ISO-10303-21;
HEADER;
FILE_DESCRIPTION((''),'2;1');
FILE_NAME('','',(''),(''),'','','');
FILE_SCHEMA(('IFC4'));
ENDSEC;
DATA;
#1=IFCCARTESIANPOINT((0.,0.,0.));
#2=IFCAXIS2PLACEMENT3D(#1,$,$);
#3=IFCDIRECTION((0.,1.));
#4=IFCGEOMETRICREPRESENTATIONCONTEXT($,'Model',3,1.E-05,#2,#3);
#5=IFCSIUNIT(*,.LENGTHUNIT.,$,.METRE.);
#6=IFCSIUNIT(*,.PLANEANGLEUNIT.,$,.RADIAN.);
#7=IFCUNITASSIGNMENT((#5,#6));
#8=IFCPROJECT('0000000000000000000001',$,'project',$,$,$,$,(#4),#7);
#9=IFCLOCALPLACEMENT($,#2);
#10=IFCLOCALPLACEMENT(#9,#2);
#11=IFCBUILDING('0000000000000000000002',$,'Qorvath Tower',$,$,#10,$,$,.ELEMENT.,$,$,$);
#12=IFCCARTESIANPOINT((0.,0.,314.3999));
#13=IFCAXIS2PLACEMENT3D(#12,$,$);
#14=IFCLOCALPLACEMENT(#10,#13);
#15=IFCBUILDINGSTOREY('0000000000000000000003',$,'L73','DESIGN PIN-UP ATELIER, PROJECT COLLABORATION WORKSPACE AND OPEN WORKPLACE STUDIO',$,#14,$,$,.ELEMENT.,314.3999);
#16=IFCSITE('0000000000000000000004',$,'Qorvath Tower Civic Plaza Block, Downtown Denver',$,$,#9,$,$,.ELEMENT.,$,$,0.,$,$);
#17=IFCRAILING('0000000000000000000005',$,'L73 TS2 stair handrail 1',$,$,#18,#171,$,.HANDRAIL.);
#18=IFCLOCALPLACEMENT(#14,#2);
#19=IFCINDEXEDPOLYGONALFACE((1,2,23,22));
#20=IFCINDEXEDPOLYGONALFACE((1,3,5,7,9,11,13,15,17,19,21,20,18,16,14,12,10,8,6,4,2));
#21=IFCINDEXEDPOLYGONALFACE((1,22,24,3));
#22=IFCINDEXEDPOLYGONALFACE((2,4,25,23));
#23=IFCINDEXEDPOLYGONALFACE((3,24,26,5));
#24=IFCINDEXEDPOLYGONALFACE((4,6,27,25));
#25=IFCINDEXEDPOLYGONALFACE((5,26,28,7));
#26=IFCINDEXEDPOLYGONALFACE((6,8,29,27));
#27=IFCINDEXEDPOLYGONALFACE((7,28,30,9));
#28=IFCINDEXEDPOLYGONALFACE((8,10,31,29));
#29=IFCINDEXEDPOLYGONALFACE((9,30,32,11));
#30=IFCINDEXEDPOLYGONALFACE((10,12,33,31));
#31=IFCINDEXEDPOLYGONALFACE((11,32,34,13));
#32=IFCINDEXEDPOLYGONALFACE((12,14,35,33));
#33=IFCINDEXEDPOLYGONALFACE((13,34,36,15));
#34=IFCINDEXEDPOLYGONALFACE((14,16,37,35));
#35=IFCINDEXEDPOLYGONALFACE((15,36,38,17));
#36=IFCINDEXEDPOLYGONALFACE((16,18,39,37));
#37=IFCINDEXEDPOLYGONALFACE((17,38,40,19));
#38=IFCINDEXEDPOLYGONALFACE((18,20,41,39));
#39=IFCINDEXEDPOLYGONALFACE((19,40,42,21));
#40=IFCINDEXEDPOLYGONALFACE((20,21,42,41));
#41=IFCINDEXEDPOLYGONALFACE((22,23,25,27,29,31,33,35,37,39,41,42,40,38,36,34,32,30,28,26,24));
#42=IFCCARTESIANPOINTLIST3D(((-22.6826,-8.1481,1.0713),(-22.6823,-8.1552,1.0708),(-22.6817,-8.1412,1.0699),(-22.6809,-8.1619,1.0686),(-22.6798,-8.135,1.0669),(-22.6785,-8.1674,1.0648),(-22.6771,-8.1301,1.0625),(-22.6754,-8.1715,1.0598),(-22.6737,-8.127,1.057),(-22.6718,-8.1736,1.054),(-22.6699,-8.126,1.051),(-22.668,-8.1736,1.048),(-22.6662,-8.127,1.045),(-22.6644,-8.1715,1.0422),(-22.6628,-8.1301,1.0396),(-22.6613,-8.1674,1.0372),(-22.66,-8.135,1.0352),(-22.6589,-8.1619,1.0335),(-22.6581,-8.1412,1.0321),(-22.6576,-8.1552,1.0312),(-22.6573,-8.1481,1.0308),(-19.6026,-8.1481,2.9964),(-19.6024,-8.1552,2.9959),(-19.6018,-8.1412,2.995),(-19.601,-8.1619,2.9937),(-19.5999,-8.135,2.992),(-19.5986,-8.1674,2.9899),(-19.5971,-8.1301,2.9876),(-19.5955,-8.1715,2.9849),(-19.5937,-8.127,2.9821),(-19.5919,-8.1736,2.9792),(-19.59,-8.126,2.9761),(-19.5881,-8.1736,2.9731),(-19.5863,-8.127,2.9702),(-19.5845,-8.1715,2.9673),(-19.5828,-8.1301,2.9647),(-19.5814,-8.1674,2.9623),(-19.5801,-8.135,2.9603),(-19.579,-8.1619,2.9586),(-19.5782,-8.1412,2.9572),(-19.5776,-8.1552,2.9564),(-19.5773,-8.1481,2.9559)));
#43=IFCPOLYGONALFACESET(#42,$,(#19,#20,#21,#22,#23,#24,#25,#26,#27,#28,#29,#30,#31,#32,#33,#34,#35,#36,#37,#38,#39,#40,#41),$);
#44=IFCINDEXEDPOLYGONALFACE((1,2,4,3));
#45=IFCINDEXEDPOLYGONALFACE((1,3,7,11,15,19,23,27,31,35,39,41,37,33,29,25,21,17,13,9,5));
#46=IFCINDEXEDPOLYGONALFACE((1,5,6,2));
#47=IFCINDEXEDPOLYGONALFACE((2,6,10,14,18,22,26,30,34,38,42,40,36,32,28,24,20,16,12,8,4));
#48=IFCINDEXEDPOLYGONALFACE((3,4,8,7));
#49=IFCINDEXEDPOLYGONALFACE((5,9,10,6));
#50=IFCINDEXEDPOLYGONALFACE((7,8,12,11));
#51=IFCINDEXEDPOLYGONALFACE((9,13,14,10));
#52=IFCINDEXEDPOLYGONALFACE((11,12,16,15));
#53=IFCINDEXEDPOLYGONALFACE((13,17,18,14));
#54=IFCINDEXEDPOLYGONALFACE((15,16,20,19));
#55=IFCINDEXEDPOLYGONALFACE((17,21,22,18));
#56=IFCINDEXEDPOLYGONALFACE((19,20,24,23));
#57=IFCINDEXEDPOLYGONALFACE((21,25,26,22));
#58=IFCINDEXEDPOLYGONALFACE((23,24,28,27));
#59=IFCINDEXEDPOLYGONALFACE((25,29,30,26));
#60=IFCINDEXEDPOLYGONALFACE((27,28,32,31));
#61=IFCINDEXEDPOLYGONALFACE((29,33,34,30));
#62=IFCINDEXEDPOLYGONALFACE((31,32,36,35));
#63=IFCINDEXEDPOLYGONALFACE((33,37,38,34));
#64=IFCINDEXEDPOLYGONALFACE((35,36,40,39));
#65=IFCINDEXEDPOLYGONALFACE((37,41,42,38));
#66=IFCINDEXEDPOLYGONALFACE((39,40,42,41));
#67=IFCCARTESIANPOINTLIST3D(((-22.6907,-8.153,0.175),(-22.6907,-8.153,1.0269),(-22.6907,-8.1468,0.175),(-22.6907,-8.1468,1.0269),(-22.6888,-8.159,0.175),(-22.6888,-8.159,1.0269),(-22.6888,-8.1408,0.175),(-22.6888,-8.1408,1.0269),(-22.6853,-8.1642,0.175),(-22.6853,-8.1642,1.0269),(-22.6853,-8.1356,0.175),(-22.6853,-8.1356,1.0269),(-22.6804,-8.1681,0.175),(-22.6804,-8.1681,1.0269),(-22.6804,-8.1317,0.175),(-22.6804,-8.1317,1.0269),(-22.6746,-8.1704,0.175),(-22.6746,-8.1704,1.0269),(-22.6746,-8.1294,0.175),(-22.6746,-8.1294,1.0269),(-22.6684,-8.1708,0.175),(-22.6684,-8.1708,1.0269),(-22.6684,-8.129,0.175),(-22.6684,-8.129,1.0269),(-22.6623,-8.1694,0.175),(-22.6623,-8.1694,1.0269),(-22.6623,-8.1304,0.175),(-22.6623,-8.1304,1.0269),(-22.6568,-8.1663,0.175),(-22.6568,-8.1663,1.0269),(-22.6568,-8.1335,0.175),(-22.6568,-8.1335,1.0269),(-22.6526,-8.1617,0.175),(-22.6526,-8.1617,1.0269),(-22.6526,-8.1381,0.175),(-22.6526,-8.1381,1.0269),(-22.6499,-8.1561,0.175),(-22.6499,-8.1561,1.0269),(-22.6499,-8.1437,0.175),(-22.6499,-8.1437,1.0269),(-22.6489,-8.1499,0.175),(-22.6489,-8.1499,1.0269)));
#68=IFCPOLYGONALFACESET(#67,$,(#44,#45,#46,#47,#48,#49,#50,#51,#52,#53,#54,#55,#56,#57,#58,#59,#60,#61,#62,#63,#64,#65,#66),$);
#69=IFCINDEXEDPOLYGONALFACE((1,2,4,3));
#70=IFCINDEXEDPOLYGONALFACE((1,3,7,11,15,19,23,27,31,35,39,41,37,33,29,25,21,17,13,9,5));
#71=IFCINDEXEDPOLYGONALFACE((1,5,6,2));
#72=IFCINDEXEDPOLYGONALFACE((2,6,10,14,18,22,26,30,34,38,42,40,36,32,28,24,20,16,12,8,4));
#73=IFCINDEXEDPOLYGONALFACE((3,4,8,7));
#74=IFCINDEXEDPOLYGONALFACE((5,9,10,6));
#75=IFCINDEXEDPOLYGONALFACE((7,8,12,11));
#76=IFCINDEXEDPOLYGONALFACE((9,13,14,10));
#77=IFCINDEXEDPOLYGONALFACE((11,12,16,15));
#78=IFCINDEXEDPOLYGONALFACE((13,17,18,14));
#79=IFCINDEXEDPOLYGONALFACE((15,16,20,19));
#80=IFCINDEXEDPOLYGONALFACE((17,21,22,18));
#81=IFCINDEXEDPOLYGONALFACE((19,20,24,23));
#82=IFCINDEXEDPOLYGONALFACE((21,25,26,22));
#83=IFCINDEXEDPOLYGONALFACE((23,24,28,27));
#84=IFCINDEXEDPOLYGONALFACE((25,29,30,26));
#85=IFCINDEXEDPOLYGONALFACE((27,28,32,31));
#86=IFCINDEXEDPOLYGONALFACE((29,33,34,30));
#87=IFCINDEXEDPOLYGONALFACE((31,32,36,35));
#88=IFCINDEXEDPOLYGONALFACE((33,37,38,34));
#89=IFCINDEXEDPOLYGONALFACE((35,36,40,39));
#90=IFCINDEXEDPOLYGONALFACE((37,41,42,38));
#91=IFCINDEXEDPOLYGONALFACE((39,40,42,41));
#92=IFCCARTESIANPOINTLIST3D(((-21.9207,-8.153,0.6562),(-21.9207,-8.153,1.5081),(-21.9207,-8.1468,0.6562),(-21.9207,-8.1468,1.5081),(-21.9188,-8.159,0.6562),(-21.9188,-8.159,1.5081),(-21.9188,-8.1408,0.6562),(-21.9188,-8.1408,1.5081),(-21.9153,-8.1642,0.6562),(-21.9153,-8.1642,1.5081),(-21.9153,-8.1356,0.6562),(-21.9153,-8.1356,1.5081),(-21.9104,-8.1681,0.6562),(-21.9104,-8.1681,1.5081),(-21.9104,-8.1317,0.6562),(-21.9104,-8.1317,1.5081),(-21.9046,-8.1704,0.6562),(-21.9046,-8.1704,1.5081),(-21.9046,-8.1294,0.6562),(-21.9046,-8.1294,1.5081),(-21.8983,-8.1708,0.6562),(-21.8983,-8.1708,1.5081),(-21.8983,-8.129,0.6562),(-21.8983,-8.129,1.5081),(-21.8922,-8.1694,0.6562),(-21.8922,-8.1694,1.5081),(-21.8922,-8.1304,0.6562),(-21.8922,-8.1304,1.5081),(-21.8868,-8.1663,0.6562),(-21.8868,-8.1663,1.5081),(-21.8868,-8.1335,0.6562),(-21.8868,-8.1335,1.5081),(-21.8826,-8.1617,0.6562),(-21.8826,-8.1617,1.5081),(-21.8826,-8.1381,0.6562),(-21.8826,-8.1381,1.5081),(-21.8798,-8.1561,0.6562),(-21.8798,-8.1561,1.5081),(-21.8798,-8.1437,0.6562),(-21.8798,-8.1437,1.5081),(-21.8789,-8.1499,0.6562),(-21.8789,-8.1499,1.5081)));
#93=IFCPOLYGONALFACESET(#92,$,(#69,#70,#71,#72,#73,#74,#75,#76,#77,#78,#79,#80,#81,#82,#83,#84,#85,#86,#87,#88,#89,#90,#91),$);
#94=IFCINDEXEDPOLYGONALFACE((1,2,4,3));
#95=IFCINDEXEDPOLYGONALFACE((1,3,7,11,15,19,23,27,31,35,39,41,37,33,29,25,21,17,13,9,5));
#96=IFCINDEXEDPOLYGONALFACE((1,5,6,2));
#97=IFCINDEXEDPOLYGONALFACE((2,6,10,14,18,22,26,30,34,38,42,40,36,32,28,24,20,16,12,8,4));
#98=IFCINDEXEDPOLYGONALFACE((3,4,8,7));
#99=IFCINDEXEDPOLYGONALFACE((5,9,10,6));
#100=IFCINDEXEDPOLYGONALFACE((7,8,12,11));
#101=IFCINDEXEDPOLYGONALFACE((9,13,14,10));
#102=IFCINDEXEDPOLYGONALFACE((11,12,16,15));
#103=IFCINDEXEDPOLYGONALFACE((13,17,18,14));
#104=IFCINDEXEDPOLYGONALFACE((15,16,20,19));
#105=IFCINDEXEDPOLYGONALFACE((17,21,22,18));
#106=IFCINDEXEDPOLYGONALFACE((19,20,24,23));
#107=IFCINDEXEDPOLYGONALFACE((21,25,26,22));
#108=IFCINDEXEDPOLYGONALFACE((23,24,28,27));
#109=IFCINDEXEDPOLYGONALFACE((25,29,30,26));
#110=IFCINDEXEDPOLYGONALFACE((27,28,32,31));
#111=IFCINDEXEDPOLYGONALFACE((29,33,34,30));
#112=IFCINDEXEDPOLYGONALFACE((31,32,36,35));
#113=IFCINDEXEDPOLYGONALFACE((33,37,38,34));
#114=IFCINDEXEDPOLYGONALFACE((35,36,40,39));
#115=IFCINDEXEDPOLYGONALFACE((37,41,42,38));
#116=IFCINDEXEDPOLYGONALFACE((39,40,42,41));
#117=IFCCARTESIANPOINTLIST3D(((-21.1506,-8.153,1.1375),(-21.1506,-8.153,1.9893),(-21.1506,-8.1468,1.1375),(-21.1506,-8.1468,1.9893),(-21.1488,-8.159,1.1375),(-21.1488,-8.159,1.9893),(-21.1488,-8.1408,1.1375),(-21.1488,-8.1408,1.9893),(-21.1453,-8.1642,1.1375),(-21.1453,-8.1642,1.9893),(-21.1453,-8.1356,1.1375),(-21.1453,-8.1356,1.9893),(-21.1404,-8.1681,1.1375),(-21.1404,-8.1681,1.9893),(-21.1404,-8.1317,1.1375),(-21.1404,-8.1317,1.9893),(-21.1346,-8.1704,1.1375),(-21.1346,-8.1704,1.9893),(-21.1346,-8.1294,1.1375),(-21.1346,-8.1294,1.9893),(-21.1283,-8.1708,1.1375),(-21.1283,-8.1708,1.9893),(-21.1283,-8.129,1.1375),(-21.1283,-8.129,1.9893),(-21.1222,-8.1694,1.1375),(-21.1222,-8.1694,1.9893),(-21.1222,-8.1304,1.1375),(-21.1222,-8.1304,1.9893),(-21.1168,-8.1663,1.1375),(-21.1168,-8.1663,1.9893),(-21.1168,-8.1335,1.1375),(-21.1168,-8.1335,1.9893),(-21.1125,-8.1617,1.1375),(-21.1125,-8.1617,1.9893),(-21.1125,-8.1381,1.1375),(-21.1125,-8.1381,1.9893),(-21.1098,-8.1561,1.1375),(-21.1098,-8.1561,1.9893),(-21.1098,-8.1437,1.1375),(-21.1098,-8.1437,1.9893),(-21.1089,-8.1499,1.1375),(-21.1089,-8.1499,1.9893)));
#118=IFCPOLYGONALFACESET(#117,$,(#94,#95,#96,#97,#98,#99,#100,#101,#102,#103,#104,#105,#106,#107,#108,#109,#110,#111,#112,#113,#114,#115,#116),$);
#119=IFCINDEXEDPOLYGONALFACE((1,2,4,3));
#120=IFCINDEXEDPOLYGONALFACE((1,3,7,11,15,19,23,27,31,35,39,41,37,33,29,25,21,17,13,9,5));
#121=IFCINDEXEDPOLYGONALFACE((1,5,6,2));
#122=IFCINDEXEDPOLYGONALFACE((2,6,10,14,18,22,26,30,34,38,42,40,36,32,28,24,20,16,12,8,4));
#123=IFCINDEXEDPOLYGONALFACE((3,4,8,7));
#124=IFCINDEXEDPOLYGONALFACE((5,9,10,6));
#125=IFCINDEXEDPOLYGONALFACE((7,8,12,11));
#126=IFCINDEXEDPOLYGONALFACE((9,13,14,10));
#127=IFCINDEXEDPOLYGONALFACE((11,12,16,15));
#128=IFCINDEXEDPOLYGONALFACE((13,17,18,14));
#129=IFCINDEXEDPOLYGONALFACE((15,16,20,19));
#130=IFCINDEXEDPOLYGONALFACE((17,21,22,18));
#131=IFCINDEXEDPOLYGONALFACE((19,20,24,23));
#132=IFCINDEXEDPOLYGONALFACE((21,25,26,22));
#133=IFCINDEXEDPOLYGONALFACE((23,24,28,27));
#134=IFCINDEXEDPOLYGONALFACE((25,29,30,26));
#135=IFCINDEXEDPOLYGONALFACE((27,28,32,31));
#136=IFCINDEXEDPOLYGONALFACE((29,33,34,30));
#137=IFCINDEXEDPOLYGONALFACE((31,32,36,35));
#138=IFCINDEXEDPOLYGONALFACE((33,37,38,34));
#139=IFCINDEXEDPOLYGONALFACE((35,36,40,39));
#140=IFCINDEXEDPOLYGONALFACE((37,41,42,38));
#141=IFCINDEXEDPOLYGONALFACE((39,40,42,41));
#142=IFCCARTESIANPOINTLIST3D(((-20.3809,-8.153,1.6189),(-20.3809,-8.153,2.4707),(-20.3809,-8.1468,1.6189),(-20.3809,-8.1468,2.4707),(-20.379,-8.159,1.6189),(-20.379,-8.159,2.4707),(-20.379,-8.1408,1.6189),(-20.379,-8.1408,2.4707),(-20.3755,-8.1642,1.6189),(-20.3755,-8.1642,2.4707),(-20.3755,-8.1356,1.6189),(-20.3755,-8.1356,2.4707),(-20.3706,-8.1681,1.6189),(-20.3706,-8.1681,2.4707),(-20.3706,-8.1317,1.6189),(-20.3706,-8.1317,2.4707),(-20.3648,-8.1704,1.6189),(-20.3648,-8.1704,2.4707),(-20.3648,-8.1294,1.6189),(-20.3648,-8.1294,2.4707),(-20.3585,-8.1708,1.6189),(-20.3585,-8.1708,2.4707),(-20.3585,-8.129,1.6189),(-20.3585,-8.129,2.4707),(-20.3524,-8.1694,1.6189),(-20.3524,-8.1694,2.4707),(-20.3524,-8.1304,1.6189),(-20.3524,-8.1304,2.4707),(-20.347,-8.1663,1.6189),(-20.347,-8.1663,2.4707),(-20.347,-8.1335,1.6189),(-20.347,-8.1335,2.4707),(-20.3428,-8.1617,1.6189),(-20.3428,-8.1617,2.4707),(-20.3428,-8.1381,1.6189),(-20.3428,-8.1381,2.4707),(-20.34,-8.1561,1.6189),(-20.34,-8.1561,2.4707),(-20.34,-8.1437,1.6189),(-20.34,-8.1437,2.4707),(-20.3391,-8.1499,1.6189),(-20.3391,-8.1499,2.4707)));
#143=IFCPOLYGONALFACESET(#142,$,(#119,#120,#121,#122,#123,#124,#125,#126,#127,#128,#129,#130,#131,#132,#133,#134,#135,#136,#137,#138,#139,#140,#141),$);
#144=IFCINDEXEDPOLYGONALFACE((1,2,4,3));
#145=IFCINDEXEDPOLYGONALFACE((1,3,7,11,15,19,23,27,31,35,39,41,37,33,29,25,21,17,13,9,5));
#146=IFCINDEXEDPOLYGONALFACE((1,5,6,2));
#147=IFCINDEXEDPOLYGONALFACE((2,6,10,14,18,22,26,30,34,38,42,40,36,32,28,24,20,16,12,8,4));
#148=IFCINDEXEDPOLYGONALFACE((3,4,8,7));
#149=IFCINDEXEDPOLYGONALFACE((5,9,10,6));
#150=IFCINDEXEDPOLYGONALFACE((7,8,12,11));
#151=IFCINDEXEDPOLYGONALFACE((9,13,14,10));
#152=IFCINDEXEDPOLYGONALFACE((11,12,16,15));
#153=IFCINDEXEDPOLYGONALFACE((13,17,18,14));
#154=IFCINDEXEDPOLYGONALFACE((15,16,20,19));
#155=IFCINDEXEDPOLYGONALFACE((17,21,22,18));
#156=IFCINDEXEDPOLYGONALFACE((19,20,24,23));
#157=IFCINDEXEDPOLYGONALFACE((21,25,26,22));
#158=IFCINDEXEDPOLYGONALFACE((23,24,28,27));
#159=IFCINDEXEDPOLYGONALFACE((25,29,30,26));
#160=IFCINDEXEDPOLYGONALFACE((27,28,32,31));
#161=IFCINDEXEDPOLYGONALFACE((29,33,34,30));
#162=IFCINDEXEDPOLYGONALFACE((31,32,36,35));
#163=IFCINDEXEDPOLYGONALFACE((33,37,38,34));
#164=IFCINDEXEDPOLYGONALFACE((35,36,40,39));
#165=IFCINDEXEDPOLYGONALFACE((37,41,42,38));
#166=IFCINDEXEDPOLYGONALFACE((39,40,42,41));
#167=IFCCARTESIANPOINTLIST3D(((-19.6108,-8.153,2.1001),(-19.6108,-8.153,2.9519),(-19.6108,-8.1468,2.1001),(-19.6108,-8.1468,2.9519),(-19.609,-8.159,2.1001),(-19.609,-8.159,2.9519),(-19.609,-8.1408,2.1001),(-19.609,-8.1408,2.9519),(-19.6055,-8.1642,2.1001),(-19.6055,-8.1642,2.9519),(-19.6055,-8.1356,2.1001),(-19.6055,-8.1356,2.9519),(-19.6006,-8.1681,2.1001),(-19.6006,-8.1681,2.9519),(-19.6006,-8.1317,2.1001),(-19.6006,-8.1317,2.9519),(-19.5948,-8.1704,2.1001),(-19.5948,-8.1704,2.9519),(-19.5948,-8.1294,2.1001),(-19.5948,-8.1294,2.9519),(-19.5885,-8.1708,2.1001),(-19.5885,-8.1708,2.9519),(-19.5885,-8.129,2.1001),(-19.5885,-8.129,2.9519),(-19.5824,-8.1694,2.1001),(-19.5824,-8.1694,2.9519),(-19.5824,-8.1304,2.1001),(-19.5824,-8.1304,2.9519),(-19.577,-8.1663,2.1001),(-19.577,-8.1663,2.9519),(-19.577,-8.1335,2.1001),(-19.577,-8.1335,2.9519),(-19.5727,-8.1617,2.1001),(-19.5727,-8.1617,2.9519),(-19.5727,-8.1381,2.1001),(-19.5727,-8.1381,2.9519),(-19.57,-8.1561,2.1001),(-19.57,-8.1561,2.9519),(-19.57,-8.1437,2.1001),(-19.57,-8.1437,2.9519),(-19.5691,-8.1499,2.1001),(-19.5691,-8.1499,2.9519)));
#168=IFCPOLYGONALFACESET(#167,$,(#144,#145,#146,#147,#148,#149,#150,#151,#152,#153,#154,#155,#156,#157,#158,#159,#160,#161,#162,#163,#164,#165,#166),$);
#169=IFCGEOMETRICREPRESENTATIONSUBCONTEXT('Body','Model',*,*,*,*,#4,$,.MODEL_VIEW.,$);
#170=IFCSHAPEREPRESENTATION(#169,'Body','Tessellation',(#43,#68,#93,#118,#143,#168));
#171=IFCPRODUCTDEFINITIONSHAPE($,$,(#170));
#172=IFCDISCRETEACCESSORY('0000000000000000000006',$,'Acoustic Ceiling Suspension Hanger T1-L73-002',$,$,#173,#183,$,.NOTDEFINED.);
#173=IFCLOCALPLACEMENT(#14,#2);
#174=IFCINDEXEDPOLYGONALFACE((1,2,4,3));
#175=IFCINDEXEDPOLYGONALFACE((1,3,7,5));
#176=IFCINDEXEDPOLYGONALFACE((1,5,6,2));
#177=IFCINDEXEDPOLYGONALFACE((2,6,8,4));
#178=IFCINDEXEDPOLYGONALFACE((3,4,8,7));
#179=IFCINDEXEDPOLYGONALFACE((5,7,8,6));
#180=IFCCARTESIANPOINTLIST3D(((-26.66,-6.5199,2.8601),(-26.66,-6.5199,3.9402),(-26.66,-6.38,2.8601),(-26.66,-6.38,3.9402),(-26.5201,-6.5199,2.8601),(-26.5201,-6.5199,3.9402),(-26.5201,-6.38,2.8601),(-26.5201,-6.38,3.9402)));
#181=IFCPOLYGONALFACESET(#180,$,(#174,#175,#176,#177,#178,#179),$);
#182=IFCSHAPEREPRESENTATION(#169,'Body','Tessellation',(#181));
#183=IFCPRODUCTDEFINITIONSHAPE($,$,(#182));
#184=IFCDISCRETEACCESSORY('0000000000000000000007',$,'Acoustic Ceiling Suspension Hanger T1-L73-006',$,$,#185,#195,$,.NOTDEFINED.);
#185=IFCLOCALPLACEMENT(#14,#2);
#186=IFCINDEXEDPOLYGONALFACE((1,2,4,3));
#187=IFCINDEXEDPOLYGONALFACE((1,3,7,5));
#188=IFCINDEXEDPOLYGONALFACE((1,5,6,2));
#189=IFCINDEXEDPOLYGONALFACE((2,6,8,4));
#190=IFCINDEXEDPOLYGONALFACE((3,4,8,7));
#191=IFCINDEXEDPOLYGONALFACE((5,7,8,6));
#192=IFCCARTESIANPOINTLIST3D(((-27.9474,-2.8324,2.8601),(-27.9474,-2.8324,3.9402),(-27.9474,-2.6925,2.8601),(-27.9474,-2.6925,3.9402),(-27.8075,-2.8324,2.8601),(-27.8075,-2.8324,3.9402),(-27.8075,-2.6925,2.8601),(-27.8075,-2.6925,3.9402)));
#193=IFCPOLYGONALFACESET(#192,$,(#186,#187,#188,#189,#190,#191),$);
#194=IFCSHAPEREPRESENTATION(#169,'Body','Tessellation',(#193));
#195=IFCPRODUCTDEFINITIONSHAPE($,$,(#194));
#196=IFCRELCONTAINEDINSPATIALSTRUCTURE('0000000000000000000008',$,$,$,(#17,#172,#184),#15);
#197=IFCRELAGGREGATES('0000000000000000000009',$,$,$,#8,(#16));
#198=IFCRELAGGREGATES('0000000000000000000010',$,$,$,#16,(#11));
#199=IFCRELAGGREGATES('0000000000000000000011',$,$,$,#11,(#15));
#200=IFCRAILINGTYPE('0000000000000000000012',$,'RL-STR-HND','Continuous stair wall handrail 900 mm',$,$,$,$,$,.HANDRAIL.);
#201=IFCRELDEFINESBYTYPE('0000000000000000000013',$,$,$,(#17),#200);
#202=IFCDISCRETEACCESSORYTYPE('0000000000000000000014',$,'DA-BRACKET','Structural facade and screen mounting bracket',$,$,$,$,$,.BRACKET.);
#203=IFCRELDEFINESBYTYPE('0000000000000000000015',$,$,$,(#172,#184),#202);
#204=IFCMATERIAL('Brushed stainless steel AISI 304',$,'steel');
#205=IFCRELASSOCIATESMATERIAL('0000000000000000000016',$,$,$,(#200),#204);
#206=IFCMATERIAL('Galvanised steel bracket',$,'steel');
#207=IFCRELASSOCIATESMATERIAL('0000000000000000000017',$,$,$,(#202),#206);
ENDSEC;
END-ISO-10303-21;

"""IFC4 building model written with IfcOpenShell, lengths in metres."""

from ifc_helpers import new_model, si_unit, direction, frame, origin, origin_2d, place, context, subcontext, project, spatial, rectangle, circle, extrude, material, type_object, element, save


model = new_model("IFC4")

# Units and contexts
model_context = context("Model", 3, precision=1e-05, world=origin(), true_north=direction((0.0, 1.0)))
body_context = subcontext(model_context, "Body", "Model", "MODEL_VIEW")
ifc_project = project(units=[si_unit("LENGTHUNIT", "METRE"), si_unit("PLANEANGLEUNIT", "RADIAN")], contexts=[model_context])

# Site, building, storey
site_placement = place(None, origin())
site = spatial("IfcSite", under=ifc_project, at=site_placement, Name="Qorvath Tower Civic Plaza Block, Downtown Denver", CompositionType="ELEMENT", RefElevation=0.0)
building_placement = place(site_placement, origin())
building = spatial("IfcBuilding", under=site, at=building_placement, Name="Qorvath Tower", CompositionType="ELEMENT")
storey_placement = place(building_placement, frame((0.0, 0.0, 314.3999)))
storey = spatial("IfcBuildingStorey", under=building, at=storey_placement, Name="L73", Description="DESIGN PIN-UP ATELIER, PROJECT COLLABORATION WORKSPACE AND OPEN WORKPLACE STUDIO", CompositionType="ELEMENT", Elevation=314.3999)

# Railing
ifc_material_1 = material(Name="Brushed stainless steel AISI 304", Category="steel")
railing_type_1 = type_object("IfcRailingType", Name="RL-STR-HND", Description="Continuous stair wall handrail 900 mm", PredefinedType="HANDRAIL", material=ifc_material_1)
railing_1_placement = place(storey_placement, frame((-22.6699, -8.1499, 0.175)))
element("IfcRailing", 1, at=railing_1_placement, inside=storey, type_object=railing_type_1, Name="L73 TS2 stair handrail 1", PredefinedType="HANDRAIL", context=body_context, shape_type="SweptSolid", body=[
    extrude(circle(Radius=0.0239, at=origin_2d()), frame((0.0, 0.0, 0.876), z_axis=(0.847979, 0.0, 0.530029), x_axis=(0.0, 1.0, 0.0)), (0.0, 0.0, 1.0), 3.6321),
    extrude(circle(Radius=0.021, at=origin_2d()), origin(), (0.0, 0.0, 1.0), 0.8518),
    extrude(circle(Radius=0.021, at=origin_2d()), frame((0.77, 0.0, 0.4812)), (0.0, 0.0, 1.0), 0.8518),
    extrude(circle(Radius=0.021, at=origin_2d()), frame((1.54, 0.0, 0.9624)), (0.0, 0.0, 1.0), 0.8518),
    extrude(circle(Radius=0.021, at=origin_2d()), frame((2.3098, 0.0, 1.4438)), (0.0, 0.0, 1.0), 0.8518),
    extrude(circle(Radius=0.021, at=origin_2d()), frame((3.0798, 0.0, 1.925)), (0.0, 0.0, 1.0), 0.8518),
])

# Discrete accessories
ifc_material_2 = material(Name="Galvanised steel bracket", Category="steel")
discrete_accessory_type = type_object("IfcDiscreteAccessoryType", Name="DA-BRACKET", Description="Structural facade and screen mounting bracket", PredefinedType="BRACKET", material=ifc_material_2)
for number, where, z_axis, x_axis, name in (
    (2, (-26.5901, -6.45, 2.8601), (0.0, 0.0, 1.0), (1.0, 0.0, 0.0), "Acoustic Ceiling Suspension Hanger T1-L73-002"),
    (3, (-27.8774, -2.7625, 2.8601), (0.0, 0.0, 1.0), (1.0, 0.0, 0.0), "Acoustic Ceiling Suspension Hanger T1-L73-006"),
):
    element("IfcDiscreteAccessory", number, at=place(storey_placement, frame(where, z_axis=z_axis, x_axis=x_axis)), inside=storey, type_object=discrete_accessory_type, Name=name, PredefinedType="NOTDEFINED", context=body_context, shape_type="SweptSolid", body=[
        extrude(rectangle(XDim=0.1399, YDim=0.1399, at=origin_2d()), origin(), (0.0, 0.0, 1.0), 1.0801),
    ])

save(model, "model.ifc")
